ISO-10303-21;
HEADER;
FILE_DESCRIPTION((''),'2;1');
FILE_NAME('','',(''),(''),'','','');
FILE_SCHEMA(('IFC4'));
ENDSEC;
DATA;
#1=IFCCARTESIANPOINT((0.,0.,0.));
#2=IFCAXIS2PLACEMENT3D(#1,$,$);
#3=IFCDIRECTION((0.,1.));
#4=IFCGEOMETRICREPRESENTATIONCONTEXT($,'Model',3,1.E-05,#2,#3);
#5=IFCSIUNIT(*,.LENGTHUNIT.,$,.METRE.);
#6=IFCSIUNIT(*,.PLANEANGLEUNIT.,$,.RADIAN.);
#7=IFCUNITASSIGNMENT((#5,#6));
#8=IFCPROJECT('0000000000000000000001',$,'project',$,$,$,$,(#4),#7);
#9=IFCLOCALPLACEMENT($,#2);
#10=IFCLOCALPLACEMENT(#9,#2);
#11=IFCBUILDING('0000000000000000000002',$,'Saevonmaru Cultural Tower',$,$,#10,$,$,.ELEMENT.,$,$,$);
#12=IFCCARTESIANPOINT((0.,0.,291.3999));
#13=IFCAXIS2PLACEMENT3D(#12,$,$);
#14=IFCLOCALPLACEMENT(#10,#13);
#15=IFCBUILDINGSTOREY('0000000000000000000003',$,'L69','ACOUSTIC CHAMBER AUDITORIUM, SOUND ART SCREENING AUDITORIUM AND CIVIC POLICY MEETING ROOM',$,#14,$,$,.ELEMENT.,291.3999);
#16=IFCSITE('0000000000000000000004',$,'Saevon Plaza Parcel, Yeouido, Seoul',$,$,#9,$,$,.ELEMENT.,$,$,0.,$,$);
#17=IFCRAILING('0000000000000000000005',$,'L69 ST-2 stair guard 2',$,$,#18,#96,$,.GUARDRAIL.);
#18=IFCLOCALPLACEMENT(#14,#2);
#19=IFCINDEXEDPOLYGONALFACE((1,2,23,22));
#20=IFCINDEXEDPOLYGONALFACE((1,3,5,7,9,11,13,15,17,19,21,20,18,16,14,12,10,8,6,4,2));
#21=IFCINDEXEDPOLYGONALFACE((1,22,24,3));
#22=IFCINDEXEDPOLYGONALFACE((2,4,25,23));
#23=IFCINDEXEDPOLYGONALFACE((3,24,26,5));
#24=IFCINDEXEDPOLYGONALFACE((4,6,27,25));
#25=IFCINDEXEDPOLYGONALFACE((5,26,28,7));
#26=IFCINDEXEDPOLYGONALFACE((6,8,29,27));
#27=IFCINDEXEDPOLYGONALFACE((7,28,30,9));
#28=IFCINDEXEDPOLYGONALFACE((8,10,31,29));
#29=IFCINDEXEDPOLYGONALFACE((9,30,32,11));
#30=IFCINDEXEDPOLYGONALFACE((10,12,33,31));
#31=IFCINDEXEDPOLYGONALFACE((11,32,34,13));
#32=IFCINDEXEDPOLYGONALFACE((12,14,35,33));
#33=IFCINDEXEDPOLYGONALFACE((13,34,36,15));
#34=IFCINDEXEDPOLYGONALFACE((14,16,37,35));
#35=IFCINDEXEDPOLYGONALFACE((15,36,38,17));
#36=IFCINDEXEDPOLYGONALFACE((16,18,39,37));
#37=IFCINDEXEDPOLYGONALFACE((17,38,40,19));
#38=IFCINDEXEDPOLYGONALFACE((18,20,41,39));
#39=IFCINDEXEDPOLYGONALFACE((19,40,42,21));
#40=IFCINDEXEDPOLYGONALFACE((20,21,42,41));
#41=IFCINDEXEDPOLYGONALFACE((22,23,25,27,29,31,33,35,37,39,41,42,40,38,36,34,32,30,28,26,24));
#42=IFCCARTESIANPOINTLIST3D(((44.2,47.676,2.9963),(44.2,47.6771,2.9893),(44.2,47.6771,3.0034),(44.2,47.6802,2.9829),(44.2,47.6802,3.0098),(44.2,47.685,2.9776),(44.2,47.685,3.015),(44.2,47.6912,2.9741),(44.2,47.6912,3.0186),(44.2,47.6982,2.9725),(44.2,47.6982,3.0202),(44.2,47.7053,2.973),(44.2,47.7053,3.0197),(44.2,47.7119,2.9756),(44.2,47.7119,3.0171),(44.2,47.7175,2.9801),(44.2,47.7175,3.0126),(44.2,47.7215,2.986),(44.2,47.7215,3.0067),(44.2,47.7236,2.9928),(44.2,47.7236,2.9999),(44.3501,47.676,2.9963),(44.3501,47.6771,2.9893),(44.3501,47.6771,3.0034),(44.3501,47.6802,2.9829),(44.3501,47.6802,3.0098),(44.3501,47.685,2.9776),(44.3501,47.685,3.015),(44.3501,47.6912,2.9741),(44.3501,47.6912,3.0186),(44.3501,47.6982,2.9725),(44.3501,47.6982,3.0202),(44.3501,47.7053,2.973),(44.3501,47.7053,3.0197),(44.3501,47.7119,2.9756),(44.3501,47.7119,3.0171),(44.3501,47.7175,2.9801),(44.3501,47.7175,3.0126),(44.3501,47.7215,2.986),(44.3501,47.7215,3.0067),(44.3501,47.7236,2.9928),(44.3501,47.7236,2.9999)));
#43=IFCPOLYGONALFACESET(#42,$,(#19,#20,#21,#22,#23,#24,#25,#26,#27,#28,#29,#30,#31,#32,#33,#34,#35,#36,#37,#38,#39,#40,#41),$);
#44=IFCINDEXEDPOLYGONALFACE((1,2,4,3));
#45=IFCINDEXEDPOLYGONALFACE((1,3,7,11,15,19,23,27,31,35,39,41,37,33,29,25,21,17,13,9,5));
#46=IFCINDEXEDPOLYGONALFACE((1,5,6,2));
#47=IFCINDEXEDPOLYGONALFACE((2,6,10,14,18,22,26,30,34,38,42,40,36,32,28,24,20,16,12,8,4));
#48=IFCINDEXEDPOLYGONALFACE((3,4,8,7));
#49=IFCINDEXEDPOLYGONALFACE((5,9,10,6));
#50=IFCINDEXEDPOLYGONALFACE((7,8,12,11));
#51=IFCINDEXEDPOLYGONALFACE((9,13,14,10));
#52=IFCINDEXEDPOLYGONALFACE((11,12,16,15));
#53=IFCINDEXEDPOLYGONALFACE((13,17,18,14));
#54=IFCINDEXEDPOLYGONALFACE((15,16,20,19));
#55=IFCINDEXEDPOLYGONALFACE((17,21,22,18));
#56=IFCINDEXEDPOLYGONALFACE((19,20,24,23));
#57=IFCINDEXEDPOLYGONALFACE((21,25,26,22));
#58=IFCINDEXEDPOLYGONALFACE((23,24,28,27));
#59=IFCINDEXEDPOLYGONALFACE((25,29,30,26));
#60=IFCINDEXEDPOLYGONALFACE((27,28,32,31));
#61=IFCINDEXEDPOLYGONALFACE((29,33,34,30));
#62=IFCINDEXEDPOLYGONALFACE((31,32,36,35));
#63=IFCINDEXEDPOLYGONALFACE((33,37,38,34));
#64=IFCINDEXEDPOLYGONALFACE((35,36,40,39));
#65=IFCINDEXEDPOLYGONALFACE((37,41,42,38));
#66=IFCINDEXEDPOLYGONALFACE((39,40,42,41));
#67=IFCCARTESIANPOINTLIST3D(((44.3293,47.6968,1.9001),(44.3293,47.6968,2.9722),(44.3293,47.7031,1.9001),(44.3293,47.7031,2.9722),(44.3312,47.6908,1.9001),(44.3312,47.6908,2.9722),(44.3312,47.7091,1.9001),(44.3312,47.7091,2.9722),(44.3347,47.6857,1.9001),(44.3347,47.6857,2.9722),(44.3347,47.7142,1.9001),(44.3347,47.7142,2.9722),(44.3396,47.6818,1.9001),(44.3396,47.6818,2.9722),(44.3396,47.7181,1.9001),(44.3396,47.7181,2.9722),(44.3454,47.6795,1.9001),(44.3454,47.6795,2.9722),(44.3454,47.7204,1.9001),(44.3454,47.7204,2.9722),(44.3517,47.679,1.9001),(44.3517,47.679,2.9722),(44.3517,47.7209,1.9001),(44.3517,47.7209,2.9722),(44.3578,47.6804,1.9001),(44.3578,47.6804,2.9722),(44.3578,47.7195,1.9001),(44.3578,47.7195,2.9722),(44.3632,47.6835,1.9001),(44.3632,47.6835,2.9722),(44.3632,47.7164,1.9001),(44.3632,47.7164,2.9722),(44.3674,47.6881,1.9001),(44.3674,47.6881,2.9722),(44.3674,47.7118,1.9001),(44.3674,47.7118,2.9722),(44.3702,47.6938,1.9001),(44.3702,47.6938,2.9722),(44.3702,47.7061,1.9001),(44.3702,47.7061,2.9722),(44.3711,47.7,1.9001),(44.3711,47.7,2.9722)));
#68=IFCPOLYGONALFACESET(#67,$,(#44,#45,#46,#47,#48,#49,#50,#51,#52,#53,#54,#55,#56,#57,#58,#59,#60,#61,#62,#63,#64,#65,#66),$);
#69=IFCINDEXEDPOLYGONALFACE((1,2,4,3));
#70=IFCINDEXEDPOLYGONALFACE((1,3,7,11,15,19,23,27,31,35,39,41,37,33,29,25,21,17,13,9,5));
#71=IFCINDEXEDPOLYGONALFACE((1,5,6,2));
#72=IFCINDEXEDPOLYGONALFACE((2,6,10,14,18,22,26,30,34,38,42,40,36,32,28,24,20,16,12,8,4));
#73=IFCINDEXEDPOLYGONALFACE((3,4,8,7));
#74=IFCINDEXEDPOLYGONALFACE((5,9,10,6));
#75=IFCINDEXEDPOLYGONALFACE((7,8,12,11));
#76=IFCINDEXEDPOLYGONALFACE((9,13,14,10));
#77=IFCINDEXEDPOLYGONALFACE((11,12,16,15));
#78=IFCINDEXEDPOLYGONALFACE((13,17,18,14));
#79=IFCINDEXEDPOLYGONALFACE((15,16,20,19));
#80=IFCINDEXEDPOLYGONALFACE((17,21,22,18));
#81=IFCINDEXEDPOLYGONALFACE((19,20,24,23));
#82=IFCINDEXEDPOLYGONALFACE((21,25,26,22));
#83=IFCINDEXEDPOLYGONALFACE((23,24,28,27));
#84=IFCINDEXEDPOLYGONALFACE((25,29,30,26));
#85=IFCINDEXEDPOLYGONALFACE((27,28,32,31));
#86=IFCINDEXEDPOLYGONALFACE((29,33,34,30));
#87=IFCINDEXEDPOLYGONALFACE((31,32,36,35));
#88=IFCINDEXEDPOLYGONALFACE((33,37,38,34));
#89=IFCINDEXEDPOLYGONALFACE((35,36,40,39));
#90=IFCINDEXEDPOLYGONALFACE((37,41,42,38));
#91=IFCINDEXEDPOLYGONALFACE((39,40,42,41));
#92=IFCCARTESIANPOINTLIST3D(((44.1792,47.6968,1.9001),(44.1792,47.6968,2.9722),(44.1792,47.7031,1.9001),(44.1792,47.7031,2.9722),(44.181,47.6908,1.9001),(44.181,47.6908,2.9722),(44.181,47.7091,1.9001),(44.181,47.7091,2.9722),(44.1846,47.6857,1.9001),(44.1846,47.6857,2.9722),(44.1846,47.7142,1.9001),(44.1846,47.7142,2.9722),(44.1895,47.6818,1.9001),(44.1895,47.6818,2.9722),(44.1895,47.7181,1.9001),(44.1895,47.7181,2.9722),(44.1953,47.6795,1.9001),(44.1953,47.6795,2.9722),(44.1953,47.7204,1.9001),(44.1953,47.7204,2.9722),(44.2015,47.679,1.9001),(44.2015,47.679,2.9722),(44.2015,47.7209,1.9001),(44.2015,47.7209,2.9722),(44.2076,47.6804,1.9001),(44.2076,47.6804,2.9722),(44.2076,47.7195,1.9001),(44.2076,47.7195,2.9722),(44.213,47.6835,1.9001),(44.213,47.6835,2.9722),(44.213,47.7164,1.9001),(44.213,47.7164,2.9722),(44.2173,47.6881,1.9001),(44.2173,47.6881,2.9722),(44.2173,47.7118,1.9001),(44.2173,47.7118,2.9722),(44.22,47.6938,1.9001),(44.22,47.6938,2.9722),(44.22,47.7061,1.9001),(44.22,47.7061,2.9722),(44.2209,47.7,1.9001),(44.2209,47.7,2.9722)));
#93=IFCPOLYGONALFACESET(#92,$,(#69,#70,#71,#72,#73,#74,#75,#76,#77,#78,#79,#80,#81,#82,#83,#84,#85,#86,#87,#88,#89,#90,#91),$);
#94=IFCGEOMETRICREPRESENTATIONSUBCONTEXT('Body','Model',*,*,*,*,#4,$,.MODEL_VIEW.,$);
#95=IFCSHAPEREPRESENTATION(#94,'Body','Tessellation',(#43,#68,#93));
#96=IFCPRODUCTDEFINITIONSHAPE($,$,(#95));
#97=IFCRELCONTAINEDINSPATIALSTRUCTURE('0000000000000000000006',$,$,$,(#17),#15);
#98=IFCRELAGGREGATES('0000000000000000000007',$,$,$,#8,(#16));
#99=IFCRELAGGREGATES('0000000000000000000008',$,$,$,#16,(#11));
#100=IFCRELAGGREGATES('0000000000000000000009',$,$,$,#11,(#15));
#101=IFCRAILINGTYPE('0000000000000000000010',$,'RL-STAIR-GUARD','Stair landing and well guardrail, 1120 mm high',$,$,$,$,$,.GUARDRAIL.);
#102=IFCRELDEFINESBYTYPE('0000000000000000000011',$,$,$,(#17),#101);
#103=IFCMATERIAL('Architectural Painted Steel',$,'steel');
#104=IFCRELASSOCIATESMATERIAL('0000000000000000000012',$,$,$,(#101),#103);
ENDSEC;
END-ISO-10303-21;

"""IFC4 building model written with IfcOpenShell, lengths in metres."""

from ifc_helpers import new_model, si_unit, direction, frame, origin, origin_2d, place, context, subcontext, project, spatial, circle, extrude, material, type_object, element, save


model = new_model("IFC4")

# Units and contexts
model_context = context("Model", 3, precision=1e-05, world=origin(), true_north=direction((0.0, 1.0)))
body_context = subcontext(model_context, "Body", "Model", "MODEL_VIEW")
ifc_project = project(units=[si_unit("LENGTHUNIT", "METRE"), si_unit("PLANEANGLEUNIT", "RADIAN")], contexts=[model_context])

# Site, building, storey
site_placement = place(None, origin())
site = spatial("IfcSite", under=ifc_project, at=site_placement, Name="Saevon Plaza Parcel, Yeouido, Seoul", CompositionType="ELEMENT", RefElevation=0.0)
building_placement = place(site_placement, origin())
building = spatial("IfcBuilding", under=site, at=building_placement, Name="Saevonmaru Cultural Tower", CompositionType="ELEMENT")
storey_placement = place(building_placement, frame((0.0, 0.0, 291.3999)))
storey = spatial("IfcBuildingStorey", under=building, at=storey_placement, Name="L69", Description="ACOUSTIC CHAMBER AUDITORIUM, SOUND ART SCREENING AUDITORIUM AND CIVIC POLICY MEETING ROOM", CompositionType="ELEMENT", Elevation=291.3999)

# Railing
ifc_material_1 = material(Name="Architectural Painted Steel", Category="steel")
railing_type_1 = type_object("IfcRailingType", Name="RL-STAIR-GUARD", Description="Stair landing and well guardrail, 1120 mm high", PredefinedType="GUARDRAIL", material=ifc_material_1)
railing_1_placement = place(storey_placement, frame((44.3501, 47.7, 1.9001)))
element("IfcRailing", 1, at=railing_1_placement, inside=storey, type_object=railing_type_1, Name="L69 ST-2 stair guard 2", PredefinedType="GUARDRAIL", context=body_context, shape_type="SweptSolid", body=[
    extrude(circle(Radius=0.0239, at=origin_2d()), frame((0.0, 0.0, 1.0962), z_axis=(-1.0, 0.0, 0.0), x_axis=(0.0, -1.0, 0.0)), (0.0, 0.0, 1.0), 0.1501),
    extrude(circle(Radius=0.021, at=origin_2d()), origin(), (0.0, 0.0, 1.0), 1.072),
    extrude(circle(Radius=0.021, at=origin_2d()), frame((-0.1501, 0.0, 0.0)), (0.0, 0.0, 1.0), 1.072),
])

save(model, "model.ifc")
